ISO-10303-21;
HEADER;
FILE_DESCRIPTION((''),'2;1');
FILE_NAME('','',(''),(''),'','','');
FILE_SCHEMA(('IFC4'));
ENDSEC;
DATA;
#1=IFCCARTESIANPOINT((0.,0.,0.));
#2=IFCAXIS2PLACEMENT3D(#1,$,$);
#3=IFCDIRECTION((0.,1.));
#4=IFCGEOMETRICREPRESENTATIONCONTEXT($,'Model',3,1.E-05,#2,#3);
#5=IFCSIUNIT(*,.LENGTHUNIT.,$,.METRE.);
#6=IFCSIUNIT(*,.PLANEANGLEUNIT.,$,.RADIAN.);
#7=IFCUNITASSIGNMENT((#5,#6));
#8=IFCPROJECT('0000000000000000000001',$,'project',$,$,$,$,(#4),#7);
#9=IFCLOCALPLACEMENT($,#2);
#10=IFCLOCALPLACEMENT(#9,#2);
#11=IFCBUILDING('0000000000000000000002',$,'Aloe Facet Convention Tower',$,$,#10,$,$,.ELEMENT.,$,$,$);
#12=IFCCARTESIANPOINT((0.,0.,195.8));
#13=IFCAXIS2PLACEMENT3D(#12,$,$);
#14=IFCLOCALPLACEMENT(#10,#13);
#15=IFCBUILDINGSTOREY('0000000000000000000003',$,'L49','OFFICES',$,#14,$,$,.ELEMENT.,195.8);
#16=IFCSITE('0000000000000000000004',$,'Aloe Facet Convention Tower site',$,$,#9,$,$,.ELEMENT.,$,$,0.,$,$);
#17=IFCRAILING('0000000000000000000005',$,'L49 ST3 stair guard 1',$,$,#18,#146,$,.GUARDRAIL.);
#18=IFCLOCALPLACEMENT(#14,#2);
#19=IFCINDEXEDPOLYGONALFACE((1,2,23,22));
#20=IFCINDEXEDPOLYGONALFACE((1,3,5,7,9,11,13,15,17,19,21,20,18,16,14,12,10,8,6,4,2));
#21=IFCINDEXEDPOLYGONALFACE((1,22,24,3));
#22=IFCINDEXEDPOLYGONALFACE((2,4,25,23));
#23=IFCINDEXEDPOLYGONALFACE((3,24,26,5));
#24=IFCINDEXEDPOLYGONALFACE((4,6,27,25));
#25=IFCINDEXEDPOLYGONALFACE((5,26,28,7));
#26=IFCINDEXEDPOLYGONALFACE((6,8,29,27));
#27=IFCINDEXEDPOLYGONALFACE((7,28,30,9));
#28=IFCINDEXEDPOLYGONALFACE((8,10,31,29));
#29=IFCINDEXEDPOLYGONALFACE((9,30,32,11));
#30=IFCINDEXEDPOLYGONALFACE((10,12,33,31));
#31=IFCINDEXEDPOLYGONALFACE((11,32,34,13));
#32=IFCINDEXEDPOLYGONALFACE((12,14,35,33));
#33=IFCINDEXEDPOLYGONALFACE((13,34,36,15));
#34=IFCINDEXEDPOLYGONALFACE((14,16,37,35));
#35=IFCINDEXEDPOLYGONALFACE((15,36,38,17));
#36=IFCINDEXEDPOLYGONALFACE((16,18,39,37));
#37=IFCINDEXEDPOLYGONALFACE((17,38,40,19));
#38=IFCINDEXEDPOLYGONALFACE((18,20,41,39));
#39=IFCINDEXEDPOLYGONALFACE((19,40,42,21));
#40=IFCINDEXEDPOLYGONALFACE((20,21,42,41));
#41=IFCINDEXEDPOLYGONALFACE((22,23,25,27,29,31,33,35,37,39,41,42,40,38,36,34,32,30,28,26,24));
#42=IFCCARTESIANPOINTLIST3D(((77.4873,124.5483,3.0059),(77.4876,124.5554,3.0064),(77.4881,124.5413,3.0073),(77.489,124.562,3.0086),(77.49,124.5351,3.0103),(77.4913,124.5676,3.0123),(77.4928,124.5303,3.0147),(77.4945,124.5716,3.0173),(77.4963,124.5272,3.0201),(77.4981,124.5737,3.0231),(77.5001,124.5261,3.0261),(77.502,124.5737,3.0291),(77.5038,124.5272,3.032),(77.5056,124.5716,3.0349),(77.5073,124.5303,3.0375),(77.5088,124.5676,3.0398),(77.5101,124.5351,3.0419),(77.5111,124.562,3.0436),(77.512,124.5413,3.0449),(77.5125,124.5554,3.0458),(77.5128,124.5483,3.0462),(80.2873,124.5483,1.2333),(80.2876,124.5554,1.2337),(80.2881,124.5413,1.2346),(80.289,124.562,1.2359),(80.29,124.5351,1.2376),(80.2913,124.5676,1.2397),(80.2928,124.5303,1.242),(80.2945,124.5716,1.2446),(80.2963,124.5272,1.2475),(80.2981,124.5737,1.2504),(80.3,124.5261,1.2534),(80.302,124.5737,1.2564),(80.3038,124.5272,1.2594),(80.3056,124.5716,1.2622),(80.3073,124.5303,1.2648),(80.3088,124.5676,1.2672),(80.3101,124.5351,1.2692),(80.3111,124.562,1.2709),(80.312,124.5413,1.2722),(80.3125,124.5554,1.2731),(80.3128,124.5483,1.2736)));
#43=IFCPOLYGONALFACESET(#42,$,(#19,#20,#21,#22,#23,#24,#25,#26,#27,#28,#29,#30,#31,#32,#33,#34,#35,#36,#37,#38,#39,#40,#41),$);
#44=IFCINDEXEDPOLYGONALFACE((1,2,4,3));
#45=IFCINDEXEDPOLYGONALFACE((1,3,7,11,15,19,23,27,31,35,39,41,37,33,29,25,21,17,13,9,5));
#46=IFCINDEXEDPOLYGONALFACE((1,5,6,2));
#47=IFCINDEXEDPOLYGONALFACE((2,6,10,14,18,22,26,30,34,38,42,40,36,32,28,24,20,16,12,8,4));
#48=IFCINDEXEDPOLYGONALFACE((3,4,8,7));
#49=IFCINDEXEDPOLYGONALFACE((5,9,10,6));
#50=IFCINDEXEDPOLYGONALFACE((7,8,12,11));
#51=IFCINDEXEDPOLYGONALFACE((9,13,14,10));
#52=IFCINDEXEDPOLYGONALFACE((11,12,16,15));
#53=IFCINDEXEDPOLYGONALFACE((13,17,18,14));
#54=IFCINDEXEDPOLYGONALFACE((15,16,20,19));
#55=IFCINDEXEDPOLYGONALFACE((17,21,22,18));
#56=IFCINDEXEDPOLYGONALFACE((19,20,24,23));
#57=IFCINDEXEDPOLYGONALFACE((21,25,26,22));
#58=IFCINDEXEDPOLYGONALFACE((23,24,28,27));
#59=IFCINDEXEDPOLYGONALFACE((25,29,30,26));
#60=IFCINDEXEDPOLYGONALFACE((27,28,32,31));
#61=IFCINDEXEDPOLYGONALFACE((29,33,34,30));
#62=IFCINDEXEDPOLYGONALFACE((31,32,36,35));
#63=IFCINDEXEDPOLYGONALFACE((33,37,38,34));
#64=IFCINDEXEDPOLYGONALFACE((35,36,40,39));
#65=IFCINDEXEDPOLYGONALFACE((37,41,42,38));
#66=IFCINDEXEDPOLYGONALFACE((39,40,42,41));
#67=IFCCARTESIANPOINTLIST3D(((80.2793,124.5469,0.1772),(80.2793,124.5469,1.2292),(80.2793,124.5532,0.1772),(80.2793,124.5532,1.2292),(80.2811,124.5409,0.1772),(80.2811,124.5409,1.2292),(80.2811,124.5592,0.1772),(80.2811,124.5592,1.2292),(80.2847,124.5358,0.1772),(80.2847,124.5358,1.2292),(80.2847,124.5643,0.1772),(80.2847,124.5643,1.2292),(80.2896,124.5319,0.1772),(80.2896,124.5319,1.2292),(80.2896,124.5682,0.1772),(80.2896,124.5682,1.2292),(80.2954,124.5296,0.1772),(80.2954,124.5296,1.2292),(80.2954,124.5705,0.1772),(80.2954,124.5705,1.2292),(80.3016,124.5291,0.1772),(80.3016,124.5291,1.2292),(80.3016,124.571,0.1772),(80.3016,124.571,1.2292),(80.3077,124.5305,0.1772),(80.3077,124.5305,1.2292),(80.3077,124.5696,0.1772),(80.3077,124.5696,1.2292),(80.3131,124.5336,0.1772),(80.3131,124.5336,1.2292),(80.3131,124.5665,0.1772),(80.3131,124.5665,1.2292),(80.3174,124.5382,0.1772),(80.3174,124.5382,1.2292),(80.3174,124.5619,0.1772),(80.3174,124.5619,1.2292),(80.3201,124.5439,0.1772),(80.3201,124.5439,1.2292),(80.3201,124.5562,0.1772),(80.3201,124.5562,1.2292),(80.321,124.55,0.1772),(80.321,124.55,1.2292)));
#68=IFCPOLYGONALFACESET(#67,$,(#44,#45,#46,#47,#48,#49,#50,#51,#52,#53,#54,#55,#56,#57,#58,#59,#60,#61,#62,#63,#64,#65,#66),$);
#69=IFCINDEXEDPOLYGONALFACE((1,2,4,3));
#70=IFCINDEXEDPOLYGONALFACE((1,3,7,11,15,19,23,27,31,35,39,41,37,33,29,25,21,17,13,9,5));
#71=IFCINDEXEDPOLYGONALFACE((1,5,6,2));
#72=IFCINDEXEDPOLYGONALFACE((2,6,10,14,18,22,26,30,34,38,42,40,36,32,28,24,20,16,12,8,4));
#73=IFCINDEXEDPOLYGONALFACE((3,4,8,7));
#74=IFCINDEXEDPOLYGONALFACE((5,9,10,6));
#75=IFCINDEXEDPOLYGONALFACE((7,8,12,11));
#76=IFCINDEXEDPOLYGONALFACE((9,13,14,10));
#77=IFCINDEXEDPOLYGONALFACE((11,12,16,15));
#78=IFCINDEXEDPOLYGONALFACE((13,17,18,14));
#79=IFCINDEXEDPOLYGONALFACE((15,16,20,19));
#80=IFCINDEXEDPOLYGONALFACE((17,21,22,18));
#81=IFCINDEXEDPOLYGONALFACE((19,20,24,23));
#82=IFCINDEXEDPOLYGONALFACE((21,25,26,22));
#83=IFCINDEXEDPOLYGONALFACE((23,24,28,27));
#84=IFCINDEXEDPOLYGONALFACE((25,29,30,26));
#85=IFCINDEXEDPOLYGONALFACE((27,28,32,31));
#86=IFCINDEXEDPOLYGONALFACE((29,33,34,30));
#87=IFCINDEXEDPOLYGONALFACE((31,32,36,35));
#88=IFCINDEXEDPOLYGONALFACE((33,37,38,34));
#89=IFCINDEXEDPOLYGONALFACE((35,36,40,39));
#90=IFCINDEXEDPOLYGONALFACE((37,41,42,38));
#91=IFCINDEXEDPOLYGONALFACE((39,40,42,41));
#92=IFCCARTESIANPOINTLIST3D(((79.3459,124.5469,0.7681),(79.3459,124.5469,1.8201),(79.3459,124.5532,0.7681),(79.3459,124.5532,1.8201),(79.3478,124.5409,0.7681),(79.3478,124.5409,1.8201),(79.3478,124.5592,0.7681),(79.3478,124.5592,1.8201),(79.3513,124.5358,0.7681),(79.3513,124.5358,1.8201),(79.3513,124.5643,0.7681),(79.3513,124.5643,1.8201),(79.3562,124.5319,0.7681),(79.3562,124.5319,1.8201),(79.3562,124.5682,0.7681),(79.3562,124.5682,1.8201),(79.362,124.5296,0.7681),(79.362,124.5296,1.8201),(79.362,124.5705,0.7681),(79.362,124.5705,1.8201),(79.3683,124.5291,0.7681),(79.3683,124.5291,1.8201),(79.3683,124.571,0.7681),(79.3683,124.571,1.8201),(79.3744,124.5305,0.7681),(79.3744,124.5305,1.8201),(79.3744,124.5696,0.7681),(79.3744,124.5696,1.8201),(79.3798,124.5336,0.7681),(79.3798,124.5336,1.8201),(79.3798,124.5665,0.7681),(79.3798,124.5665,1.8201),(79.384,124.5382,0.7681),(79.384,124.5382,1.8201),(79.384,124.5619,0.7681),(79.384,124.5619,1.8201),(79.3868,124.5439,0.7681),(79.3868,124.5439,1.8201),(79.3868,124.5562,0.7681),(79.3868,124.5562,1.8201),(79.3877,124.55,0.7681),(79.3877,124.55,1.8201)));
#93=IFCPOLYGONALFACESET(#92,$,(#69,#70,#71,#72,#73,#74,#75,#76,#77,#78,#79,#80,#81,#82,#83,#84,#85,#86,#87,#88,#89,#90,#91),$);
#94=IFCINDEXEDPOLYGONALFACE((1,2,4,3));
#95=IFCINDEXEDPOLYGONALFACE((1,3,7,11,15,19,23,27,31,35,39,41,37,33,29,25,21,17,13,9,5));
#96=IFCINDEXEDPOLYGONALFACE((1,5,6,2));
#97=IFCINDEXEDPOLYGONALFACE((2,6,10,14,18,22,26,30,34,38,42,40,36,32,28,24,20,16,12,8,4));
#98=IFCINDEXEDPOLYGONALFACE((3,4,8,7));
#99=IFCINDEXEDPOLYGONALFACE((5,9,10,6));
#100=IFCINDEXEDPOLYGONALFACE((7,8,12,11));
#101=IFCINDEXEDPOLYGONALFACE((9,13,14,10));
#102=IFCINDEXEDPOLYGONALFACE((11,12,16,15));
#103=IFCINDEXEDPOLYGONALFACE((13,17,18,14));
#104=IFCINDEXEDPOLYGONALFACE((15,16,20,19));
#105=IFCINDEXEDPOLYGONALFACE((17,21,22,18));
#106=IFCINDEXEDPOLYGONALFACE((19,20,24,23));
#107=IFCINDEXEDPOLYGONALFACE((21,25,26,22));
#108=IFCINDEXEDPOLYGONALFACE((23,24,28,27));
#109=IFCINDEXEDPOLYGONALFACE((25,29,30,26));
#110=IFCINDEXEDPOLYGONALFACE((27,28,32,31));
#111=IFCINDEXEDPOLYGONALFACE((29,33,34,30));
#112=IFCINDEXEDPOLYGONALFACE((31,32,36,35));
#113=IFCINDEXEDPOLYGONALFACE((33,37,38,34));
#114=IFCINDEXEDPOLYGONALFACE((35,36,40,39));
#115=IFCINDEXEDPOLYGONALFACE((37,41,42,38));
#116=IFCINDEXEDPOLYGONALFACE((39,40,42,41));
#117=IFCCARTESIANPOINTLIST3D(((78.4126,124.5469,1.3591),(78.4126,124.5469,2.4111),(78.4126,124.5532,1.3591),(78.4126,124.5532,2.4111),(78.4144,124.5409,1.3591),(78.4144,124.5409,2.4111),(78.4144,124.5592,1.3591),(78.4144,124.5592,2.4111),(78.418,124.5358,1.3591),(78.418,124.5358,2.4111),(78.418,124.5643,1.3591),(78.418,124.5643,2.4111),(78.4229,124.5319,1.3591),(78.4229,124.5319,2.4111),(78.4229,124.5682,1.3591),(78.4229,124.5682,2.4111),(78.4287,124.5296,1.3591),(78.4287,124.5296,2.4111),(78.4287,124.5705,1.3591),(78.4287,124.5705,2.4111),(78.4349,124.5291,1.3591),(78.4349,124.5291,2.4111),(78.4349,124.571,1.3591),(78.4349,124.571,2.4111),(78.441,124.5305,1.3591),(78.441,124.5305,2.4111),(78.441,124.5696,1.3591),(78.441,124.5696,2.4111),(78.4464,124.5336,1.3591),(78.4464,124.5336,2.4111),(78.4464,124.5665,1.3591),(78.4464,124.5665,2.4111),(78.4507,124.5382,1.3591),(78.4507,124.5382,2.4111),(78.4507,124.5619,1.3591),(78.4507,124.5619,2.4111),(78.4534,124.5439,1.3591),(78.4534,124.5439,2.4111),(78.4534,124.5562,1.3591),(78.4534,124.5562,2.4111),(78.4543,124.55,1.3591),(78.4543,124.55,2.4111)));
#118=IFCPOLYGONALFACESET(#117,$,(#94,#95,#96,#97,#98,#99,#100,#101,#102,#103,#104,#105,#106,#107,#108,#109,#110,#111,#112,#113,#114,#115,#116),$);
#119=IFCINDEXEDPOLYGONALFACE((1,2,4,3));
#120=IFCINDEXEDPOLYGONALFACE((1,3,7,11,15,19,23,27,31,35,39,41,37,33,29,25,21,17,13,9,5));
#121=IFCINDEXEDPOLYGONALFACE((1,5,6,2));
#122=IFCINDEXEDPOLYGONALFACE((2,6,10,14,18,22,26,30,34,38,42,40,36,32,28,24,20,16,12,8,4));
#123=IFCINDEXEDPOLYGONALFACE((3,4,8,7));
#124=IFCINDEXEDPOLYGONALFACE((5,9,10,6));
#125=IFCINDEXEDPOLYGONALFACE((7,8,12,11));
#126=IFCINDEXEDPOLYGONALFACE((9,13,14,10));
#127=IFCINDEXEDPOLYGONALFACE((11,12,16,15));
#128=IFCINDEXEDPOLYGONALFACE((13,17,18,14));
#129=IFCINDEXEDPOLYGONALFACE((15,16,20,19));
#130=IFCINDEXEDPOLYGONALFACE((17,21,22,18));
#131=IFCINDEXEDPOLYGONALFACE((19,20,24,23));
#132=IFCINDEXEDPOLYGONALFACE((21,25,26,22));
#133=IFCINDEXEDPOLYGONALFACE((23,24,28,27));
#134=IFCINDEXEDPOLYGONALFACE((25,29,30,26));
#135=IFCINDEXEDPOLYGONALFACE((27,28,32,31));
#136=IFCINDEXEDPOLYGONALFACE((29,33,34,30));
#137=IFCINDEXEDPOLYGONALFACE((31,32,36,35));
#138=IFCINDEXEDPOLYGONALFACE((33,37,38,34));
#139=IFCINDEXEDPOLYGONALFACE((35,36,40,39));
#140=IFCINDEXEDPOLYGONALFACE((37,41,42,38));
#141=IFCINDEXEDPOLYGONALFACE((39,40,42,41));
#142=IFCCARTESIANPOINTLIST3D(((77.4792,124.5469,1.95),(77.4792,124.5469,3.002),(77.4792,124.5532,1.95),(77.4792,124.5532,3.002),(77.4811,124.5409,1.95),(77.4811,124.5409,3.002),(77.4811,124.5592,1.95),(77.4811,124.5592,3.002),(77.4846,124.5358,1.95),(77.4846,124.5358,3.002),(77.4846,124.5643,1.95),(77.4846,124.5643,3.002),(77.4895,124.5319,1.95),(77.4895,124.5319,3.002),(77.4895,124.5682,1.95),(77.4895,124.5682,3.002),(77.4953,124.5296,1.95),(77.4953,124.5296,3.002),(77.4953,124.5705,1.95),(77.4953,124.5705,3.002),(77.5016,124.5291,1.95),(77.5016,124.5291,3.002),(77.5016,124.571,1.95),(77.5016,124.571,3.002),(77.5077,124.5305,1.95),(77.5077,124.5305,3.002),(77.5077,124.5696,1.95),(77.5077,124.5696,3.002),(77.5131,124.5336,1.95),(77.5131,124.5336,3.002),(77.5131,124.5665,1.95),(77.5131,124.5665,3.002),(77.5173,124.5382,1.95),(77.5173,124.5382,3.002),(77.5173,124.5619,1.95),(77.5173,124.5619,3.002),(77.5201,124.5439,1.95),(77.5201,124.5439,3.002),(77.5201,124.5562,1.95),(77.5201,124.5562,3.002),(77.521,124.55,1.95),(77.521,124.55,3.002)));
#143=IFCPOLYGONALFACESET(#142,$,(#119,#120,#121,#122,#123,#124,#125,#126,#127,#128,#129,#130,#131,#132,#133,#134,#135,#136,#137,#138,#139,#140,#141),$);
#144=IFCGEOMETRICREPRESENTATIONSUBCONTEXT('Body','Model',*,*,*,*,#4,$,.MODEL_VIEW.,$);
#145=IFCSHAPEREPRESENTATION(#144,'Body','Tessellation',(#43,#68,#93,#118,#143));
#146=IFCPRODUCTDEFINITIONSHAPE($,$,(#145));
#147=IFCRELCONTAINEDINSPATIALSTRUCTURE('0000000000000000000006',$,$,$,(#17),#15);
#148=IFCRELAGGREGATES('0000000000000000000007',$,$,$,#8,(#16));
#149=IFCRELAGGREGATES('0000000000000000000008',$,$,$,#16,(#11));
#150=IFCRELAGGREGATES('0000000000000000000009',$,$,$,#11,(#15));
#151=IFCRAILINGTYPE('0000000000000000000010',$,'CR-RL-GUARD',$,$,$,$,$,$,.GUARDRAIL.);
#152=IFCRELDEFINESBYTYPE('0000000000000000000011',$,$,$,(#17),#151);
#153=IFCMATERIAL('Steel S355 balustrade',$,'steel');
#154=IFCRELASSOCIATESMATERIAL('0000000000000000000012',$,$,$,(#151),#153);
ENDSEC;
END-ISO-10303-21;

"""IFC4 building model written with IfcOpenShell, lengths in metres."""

from ifc_helpers import new_model, si_unit, direction, frame, origin, origin_2d, place, context, subcontext, project, spatial, circle, extrude, material, type_object, element, save


model = new_model("IFC4")

# Units and contexts
model_context = context("Model", 3, precision=1e-05, world=origin(), true_north=direction((0.0, 1.0)))
body_context = subcontext(model_context, "Body", "Model", "MODEL_VIEW")
ifc_project = project(units=[si_unit("LENGTHUNIT", "METRE"), si_unit("PLANEANGLEUNIT", "RADIAN")], contexts=[model_context])

# Site, building, storey
site_placement = place(None, origin())
site = spatial("IfcSite", under=ifc_project, at=site_placement, Name="Aloe Facet Convention Tower site", CompositionType="ELEMENT", RefElevation=0.0)
building_placement = place(site_placement, origin())
building = spatial("IfcBuilding", under=site, at=building_placement, Name="Aloe Facet Convention Tower", CompositionType="ELEMENT")
storey_placement = place(building_placement, frame((0.0, 0.0, 195.8)))
storey = spatial("IfcBuildingStorey", under=building, at=storey_placement, Name="L49", Description="OFFICES", CompositionType="ELEMENT", Elevation=195.8)

# Railing
ifc_material_1 = material(Name="Steel S355 balustrade", Category="steel")
railing_type_1 = type_object("IfcRailingType", Name="CR-RL-GUARD", PredefinedType="GUARDRAIL", material=ifc_material_1)
railing_1_placement = place(storey_placement, frame((80.3, 124.55, 0.1772)))
element("IfcRailing", 1, at=railing_1_placement, inside=storey, type_object=railing_type_1, Name="L49 ST3 stair guard 1", PredefinedType="GUARDRAIL", context=body_context, shape_type="SweptSolid", body=[
    extrude(circle(Radius=0.0239, at=origin_2d()), frame((0.0, 0.0, 1.0762), z_axis=(-0.844909, 0.0, 0.53491), x_axis=(0.0, -1.0, 0.0)), (0.0, 0.0, 1.0), 3.314),
    extrude(circle(Radius=0.021, at=origin_2d()), origin(), (0.0, 0.0, 1.0), 1.052),
    extrude(circle(Radius=0.021, at=origin_2d()), frame((-0.9333, 0.0, 0.5908)), (0.0, 0.0, 1.0), 1.052),
    extrude(circle(Radius=0.021, at=origin_2d()), frame((-1.8667, 0.0, 1.1819)), (0.0, 0.0, 1.0), 1.052),
    extrude(circle(Radius=0.021, at=origin_2d()), frame((-2.8, 0.0, 1.7727)), (0.0, 0.0, 1.0), 1.052),
])

save(model, "model.ifc")
